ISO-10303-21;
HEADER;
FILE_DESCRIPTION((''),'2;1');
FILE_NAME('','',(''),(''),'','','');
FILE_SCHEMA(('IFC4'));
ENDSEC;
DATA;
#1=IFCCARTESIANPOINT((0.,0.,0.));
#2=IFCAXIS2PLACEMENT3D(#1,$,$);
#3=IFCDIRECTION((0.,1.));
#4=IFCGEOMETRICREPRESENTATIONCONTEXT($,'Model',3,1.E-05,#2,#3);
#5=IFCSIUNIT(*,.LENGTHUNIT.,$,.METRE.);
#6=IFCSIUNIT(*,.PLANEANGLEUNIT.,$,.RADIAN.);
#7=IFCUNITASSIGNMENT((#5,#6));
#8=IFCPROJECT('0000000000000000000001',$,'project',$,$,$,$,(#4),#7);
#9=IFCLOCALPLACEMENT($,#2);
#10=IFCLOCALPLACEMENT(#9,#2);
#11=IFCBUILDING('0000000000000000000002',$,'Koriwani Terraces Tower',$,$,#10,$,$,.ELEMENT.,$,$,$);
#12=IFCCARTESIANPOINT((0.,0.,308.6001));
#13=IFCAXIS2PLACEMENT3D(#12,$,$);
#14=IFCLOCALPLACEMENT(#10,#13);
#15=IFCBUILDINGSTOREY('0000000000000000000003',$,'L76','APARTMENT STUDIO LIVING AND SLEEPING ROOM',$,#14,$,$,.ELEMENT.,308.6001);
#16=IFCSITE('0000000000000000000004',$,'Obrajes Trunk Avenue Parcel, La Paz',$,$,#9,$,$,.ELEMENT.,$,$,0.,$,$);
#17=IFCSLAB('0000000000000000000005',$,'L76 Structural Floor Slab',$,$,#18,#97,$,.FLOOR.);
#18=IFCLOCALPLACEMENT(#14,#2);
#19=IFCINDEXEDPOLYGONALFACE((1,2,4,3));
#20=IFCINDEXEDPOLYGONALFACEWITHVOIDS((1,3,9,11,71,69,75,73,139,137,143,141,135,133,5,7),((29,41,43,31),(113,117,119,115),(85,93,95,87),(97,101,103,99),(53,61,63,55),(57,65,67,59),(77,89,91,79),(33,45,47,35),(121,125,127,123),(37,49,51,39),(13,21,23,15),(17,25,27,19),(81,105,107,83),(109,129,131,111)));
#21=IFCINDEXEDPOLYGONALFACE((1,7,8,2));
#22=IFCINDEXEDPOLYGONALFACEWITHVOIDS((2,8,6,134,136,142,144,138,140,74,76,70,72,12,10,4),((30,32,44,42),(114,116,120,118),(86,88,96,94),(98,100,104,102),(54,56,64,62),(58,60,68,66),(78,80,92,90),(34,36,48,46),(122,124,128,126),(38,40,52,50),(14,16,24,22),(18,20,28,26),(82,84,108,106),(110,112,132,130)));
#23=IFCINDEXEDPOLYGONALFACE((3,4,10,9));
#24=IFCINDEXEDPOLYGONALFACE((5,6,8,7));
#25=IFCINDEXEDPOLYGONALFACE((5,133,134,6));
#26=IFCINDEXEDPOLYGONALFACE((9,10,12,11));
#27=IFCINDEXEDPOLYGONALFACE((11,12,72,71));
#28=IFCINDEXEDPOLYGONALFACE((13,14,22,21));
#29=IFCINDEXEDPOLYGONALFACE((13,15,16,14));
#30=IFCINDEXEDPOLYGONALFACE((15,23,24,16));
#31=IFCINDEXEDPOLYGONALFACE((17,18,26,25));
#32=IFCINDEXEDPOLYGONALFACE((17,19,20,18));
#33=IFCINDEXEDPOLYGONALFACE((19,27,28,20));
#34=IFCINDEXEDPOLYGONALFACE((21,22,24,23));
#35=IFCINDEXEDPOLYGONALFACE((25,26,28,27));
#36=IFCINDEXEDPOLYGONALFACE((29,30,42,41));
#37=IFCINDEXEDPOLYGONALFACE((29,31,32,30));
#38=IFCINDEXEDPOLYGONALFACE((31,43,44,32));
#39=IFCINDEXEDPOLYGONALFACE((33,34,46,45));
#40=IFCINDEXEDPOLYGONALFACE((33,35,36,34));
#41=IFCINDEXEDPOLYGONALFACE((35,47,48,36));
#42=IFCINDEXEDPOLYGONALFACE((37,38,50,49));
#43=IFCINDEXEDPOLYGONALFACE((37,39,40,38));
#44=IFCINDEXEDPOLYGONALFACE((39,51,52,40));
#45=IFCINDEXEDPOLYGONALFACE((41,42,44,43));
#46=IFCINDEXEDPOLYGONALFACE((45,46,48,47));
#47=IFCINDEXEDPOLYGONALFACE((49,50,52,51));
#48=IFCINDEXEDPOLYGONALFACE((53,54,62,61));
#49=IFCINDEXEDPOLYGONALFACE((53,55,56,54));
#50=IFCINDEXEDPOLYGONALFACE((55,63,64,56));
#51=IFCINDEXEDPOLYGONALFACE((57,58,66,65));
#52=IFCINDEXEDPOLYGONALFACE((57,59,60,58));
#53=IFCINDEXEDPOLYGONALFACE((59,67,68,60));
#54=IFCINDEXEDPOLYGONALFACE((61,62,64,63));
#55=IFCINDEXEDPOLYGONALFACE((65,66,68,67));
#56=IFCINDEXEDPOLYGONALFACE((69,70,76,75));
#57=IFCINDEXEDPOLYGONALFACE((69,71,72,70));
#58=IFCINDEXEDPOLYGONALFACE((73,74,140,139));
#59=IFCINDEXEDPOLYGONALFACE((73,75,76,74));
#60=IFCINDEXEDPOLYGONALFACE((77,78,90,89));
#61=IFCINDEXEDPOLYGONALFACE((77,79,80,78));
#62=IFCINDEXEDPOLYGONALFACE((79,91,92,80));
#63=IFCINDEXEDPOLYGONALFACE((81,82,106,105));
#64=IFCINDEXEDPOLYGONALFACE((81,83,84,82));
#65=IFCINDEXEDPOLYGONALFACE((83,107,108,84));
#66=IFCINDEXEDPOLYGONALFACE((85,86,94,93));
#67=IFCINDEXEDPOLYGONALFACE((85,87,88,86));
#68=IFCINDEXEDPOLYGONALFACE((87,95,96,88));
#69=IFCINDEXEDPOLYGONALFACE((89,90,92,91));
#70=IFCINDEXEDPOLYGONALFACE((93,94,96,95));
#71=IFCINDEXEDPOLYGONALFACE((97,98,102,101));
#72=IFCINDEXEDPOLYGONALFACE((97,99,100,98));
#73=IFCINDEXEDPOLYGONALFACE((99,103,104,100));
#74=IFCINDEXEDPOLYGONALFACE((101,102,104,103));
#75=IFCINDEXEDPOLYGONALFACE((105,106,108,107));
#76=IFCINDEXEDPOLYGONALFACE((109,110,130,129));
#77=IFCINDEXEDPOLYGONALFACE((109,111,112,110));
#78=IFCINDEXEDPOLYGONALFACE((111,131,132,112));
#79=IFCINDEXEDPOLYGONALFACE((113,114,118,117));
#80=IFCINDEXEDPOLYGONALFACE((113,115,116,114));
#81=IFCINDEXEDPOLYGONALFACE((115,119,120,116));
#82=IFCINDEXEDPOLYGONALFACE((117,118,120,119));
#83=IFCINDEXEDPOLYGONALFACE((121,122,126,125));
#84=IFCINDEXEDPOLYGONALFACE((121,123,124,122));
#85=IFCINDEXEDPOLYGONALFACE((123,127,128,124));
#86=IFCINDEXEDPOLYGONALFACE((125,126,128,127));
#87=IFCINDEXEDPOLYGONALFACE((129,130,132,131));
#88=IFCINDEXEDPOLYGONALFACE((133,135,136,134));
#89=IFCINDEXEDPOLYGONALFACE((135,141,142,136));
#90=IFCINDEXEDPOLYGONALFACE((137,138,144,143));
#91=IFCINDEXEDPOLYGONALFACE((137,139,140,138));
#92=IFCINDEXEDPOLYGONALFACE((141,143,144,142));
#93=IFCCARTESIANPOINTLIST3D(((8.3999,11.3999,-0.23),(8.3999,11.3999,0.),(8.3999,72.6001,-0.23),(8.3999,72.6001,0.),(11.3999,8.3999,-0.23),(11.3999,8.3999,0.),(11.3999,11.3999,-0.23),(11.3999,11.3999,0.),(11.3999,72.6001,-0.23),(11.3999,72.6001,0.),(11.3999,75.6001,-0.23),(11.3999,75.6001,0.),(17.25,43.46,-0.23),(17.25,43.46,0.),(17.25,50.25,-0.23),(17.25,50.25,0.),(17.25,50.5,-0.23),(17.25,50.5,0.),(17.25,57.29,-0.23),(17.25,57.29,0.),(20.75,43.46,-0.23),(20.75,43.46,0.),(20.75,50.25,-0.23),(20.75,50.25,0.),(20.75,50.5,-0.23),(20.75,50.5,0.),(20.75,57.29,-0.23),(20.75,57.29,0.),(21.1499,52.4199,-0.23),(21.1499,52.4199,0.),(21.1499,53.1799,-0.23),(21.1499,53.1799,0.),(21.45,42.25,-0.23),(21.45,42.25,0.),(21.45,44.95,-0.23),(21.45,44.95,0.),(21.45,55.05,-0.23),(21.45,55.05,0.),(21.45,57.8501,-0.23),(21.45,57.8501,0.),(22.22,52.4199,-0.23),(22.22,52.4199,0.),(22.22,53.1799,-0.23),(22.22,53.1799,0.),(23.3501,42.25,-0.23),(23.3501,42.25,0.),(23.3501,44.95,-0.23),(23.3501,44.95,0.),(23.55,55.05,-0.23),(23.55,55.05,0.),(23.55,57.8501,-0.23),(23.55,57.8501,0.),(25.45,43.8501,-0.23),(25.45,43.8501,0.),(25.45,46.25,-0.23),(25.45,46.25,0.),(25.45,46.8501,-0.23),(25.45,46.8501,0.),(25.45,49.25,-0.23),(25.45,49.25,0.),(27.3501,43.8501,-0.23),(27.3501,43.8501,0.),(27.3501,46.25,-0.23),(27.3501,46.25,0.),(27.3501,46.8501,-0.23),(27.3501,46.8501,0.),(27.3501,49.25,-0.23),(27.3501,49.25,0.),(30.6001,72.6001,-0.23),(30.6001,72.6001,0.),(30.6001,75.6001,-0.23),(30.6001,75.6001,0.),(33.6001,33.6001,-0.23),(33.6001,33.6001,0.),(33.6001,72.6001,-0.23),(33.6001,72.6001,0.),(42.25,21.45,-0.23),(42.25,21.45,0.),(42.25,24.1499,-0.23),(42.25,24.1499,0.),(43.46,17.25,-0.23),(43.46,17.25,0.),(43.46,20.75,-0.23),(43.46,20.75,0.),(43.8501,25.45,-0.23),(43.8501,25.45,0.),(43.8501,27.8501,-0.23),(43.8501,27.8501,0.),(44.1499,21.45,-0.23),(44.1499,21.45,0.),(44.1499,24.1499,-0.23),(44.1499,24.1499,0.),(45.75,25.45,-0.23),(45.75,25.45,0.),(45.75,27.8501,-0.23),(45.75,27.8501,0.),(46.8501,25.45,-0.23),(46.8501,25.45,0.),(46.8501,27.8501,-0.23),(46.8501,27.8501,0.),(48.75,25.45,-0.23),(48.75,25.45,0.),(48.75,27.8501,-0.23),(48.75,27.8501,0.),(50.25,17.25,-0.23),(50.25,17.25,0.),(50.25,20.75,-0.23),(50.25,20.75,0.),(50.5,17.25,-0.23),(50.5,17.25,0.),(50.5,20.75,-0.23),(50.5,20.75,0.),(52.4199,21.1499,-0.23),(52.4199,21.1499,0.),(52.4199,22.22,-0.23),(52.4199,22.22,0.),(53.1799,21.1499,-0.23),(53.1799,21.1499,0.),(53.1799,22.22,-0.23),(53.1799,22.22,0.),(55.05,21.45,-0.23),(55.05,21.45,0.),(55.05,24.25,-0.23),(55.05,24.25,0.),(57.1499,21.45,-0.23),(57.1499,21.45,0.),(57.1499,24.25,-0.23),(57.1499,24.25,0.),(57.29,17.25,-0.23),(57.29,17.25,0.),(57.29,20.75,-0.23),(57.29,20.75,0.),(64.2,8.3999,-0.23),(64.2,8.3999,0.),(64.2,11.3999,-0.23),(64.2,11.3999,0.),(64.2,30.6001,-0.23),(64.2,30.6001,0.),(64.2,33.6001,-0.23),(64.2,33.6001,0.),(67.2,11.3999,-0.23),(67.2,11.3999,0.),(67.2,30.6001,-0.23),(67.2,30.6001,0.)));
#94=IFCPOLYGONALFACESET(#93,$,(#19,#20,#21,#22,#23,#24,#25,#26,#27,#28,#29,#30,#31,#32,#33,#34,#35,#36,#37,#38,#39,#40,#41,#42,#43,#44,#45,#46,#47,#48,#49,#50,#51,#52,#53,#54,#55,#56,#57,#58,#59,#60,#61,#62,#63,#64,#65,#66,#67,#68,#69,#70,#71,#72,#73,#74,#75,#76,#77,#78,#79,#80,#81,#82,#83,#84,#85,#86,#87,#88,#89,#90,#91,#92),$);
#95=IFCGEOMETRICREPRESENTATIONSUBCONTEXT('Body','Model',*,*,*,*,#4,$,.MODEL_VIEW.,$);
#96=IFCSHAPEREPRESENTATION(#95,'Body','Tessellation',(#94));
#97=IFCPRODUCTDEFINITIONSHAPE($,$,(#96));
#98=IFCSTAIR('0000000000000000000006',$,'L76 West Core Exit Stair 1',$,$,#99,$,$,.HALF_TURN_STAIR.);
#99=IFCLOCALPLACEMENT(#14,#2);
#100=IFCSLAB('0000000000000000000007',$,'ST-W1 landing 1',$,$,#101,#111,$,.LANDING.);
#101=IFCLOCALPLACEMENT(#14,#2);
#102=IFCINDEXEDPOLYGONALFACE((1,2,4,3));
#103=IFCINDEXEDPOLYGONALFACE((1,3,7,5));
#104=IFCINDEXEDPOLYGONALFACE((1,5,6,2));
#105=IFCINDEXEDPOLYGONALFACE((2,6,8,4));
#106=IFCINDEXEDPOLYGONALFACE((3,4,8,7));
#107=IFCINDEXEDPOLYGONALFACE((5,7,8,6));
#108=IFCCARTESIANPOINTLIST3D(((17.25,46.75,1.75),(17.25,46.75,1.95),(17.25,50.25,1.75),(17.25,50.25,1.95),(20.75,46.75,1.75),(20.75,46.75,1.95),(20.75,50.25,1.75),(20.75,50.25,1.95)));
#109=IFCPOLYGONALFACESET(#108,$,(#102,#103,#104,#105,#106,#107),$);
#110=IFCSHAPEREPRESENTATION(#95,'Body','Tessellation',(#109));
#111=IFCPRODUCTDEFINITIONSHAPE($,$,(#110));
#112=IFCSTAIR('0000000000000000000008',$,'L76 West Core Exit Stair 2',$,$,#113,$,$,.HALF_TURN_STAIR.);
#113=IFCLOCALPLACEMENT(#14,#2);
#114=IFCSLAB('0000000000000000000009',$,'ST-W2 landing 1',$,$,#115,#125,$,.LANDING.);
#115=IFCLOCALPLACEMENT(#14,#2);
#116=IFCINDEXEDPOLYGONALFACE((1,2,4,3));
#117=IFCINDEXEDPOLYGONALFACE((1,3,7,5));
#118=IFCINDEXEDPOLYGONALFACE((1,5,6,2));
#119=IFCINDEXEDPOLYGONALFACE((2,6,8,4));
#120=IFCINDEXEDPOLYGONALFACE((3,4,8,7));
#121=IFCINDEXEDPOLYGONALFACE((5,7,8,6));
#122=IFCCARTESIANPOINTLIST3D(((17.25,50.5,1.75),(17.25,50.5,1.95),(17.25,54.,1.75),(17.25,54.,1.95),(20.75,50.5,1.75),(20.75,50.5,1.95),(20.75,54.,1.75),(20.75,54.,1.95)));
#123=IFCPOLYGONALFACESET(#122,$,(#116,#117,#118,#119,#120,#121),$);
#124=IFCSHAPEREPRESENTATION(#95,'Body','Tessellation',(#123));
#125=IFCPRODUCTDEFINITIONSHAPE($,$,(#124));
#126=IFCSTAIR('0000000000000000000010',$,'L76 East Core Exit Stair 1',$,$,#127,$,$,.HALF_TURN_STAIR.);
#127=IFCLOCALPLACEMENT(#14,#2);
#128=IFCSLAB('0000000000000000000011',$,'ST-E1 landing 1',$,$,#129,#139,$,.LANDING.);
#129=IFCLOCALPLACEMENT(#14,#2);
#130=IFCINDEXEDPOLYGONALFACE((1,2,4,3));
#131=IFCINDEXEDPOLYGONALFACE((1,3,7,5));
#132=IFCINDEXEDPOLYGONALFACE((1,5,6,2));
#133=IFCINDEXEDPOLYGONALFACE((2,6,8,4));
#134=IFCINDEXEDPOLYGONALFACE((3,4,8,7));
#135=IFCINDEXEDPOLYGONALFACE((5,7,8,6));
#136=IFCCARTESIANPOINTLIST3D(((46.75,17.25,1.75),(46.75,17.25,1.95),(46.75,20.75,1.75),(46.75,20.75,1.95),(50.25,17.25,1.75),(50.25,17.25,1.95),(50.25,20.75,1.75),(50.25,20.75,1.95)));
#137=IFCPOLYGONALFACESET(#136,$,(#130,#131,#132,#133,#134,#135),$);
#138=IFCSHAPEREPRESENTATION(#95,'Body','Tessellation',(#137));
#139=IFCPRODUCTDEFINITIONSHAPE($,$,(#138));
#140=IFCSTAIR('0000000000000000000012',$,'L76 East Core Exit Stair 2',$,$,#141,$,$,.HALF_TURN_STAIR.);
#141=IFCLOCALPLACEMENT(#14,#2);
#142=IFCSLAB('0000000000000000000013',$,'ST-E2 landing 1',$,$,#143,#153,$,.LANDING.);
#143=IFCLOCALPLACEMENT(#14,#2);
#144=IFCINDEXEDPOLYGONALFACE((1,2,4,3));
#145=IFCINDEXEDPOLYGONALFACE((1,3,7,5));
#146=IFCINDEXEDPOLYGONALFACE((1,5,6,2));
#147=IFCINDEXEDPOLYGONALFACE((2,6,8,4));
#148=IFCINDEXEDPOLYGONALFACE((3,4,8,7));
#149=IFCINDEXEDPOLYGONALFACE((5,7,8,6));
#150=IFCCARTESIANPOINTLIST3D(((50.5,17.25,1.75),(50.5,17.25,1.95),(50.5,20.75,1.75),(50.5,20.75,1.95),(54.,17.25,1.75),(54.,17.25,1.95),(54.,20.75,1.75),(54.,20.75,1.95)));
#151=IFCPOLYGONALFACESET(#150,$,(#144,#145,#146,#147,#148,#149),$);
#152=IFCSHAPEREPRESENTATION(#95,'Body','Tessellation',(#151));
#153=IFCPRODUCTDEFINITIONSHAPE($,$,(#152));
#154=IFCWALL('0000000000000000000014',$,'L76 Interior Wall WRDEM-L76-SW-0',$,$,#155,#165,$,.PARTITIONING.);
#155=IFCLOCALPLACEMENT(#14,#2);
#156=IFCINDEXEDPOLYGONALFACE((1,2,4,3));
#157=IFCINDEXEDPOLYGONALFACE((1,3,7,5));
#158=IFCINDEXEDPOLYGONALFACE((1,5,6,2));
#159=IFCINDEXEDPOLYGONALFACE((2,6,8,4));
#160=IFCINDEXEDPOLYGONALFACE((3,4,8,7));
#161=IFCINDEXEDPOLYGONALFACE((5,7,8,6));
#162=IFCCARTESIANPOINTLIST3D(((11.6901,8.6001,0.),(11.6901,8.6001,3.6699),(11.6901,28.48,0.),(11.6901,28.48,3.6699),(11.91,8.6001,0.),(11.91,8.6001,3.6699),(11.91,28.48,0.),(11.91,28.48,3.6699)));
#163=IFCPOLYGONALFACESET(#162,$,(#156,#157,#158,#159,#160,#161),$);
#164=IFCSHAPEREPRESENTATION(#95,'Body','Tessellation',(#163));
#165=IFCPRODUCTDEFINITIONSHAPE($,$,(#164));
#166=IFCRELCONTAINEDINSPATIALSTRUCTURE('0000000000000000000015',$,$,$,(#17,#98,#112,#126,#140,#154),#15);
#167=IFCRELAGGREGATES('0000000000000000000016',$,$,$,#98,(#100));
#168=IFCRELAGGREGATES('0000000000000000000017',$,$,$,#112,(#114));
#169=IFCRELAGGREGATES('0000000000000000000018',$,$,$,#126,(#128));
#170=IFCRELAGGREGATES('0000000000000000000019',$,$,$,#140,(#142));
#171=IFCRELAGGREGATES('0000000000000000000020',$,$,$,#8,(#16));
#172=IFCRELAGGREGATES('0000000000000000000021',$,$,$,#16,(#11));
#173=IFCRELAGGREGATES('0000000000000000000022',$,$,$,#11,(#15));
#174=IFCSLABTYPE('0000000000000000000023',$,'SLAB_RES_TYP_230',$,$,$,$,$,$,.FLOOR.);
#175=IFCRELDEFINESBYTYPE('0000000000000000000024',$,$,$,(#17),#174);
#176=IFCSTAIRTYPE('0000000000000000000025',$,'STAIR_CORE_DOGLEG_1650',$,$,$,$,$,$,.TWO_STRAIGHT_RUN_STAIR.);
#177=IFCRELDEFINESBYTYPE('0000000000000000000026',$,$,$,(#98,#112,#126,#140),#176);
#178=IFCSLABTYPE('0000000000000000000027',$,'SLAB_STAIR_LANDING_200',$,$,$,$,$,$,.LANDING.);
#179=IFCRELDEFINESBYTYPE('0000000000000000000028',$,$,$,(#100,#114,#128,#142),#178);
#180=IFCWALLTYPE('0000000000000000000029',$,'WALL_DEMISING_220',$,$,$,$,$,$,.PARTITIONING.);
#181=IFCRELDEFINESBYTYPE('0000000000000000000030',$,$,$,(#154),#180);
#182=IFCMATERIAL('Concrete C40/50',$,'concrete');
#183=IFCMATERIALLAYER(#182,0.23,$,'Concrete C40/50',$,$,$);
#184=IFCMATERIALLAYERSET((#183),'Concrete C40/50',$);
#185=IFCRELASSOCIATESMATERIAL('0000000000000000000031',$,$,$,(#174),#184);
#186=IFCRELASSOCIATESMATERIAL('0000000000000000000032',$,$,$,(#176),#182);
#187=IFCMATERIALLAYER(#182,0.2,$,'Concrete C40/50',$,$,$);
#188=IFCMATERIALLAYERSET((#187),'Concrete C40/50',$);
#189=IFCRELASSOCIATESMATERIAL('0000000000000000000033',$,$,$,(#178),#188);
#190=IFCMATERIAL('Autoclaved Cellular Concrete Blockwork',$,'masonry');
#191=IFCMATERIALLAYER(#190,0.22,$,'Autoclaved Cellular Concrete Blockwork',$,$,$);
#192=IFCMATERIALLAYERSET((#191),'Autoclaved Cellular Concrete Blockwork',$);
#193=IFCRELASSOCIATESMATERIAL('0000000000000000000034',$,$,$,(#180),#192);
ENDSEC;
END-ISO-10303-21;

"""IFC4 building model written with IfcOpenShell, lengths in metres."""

from ifc_helpers import new_model, si_unit, direction, frame, frame_2d, origin, place, context, subcontext, project, spatial, polyline, rectangle, outline, extrude, material, layer, layer_set, type_object, element, aggregate, save


model = new_model("IFC4")

# Units and contexts
model_context = context("Model", 3, precision=1e-05, world=origin(), true_north=direction((0.0, 1.0)))
body_context = subcontext(model_context, "Body", "Model", "MODEL_VIEW")
ifc_project = project(units=[si_unit("LENGTHUNIT", "METRE"), si_unit("PLANEANGLEUNIT", "RADIAN")], contexts=[model_context])

# Site, building, storey
site_placement = place(None, origin())
site = spatial("IfcSite", under=ifc_project, at=site_placement, Name="Obrajes Trunk Avenue Parcel, La Paz", CompositionType="ELEMENT", RefElevation=0.0)
building_placement = place(site_placement, origin())
building = spatial("IfcBuilding", under=site, at=building_placement, Name="Koriwani Terraces Tower", CompositionType="ELEMENT")
storey_placement = place(building_placement, frame((0.0, 0.0, 308.6001)))
storey = spatial("IfcBuildingStorey", under=building, at=storey_placement, Name="L76", Description="APARTMENT STUDIO LIVING AND SLEEPING ROOM", CompositionType="ELEMENT", Elevation=308.6001)

# Shared definitions
ifc_material_1 = material(Name="Concrete C40/50", Category="concrete")

# Slab
ifc_layer_1 = layer(ifc_material_1, 0.23, Name="Concrete C40/50")
ifc_layer_set_1 = layer_set([ifc_layer_1], Name="Concrete C40/50")
slab_type_1 = type_object("IfcSlabType", Name="SLAB_RES_TYP_230", PredefinedType="FLOOR", material=ifc_layer_set_1)
slab_1_placement = place(storey_placement, frame((0.0, 0.0, -0.23)))
element("IfcSlab", 1, at=slab_1_placement, inside=storey, type_object=slab_type_1, Name="L76 Structural Floor Slab", PredefinedType="FLOOR", context=body_context, shape_type="SweptSolid", body=[
    extrude(outline(polyline([(11.3999, 8.3999), (64.2, 8.3999), (64.2, 11.3999), (67.2, 11.3999), (67.2, 30.6001), (64.2, 30.6001), (64.2, 33.6001), (33.6001, 33.6001), (33.6001, 72.6001), (30.6001, 72.6001), (30.6001, 75.6001), (11.3999, 75.6001), (11.3999, 72.6001), (8.3999, 72.6001), (8.3999, 11.3999), (11.3999, 11.3999), (11.3999, 8.3999)]), holes=[polyline([(17.25, 43.46), (20.75, 43.46), (20.75, 50.25), (17.25, 50.25), (17.25, 43.46)]), polyline([(17.25, 50.5), (20.75, 50.5), (20.75, 57.29), (17.25, 57.29), (17.25, 50.5)]), polyline([(43.46, 17.25), (50.25, 17.25), (50.25, 20.75), (43.46, 20.75), (43.46, 17.25)]), polyline([(50.5, 17.25), (57.29, 17.25), (57.29, 20.75), (50.5, 20.75), (50.5, 17.25)]), polyline([(25.45, 43.8501), (27.3501, 43.8501), (27.3501, 46.25), (25.45, 46.25), (25.45, 43.8501)]), polyline([(25.45, 46.8501), (27.3501, 46.8501), (27.3501, 49.25), (25.45, 49.25), (25.45, 46.8501)]), polyline([(43.8501, 25.45), (45.75, 25.45), (45.75, 27.8501), (43.8501, 27.8501), (43.8501, 25.45)]), polyline([(46.8501, 25.45), (48.75, 25.45), (48.75, 27.8501), (46.8501, 27.8501), (46.8501, 25.45)]), polyline([(21.45, 55.05), (23.55, 55.05), (23.55, 57.8501), (21.45, 57.8501), (21.45, 55.05)]), polyline([(55.05, 21.45), (57.1499, 21.45), (57.1499, 24.25), (55.05, 24.25), (55.05, 21.45)]), polyline([(21.45, 42.25), (23.3501, 42.25), (23.3501, 44.95), (21.45, 44.95), (21.45, 42.25)]), polyline([(42.25, 21.45), (44.1499, 21.45), (44.1499, 24.1499), (42.25, 24.1499), (42.25, 21.45)]), polyline([(21.1499, 52.4199), (22.22, 52.4199), (22.22, 53.1799), (21.1499, 53.1799), (21.1499, 52.4199)]), polyline([(52.4199, 21.1499), (53.1799, 21.1499), (53.1799, 22.22), (52.4199, 22.22), (52.4199, 21.1499)])]), origin(), (0.0, 0.0, 1.0), 0.23),
])

# Stairs, slabs
stair_type = type_object("IfcStairType", Name="STAIR_CORE_DOGLEG_1650", PredefinedType="TWO_STRAIGHT_RUN_STAIR", material=ifc_material_1)
stair_1_placement = place(storey_placement, origin())
stair_1 = element("IfcStair", 2, at=stair_1_placement, inside=storey, type_object=stair_type, Name="L76 West Core Exit Stair 1", PredefinedType="HALF_TURN_STAIR")
ifc_layer_2 = layer(ifc_material_1, 0.2, Name="Concrete C40/50")
ifc_layer_set_2 = layer_set([ifc_layer_2], Name="Concrete C40/50")
slab_type_2 = type_object("IfcSlabType", Name="SLAB_STAIR_LANDING_200", PredefinedType="LANDING", material=ifc_layer_set_2)
slab_2_placement = place(storey_placement, frame((0.0, 0.0, 1.75)))
slab_2 = element("IfcSlab", 3, at=slab_2_placement, type_object=slab_type_2, Name="ST-W1 landing 1", PredefinedType="LANDING", context=body_context, shape_type="SweptSolid", body=[
    extrude(outline(polyline([(20.75, 46.75), (20.75, 50.25), (17.25, 50.25), (17.25, 46.75), (20.75, 46.75)])), origin(), (0.0, 0.0, 1.0), 0.2),
])
aggregate(stair_1, [slab_2])
stair_2_placement = place(storey_placement, origin())
stair_2 = element("IfcStair", 4, at=stair_2_placement, inside=storey, type_object=stair_type, Name="L76 West Core Exit Stair 2", PredefinedType="HALF_TURN_STAIR")
slab_3_placement = place(storey_placement, frame((0.0, 0.0, 1.75)))
slab_3 = element("IfcSlab", 5, at=slab_3_placement, type_object=slab_type_2, Name="ST-W2 landing 1", PredefinedType="LANDING", context=body_context, shape_type="SweptSolid", body=[
    extrude(outline(polyline([(17.25, 54.0), (17.25, 50.5), (20.75, 50.5), (20.75, 54.0), (17.25, 54.0)])), origin(), (0.0, 0.0, 1.0), 0.2),
])
aggregate(stair_2, [slab_3])
stair_3_placement = place(storey_placement, origin())
stair_3 = element("IfcStair", 6, at=stair_3_placement, inside=storey, type_object=stair_type, Name="L76 East Core Exit Stair 1", PredefinedType="HALF_TURN_STAIR")
slab_4_placement = place(storey_placement, frame((0.0, 0.0, 1.75)))
slab_4 = element("IfcSlab", 7, at=slab_4_placement, type_object=slab_type_2, Name="ST-E1 landing 1", PredefinedType="LANDING", context=body_context, shape_type="SweptSolid", body=[
    extrude(outline(polyline([(46.75, 17.25), (50.25, 17.25), (50.25, 20.75), (46.75, 20.75), (46.75, 17.25)])), origin(), (0.0, 0.0, 1.0), 0.2),
])
aggregate(stair_3, [slab_4])
stair_4_placement = place(storey_placement, origin())
stair_4 = element("IfcStair", 8, at=stair_4_placement, inside=storey, type_object=stair_type, Name="L76 East Core Exit Stair 2", PredefinedType="HALF_TURN_STAIR")
slab_5_placement = place(storey_placement, frame((0.0, 0.0, 1.75)))
slab_5 = element("IfcSlab", 9, at=slab_5_placement, type_object=slab_type_2, Name="ST-E2 landing 1", PredefinedType="LANDING", context=body_context, shape_type="SweptSolid", body=[
    extrude(outline(polyline([(54.0, 20.75), (50.5, 20.75), (50.5, 17.25), (54.0, 17.25), (54.0, 20.75)])), origin(), (0.0, 0.0, 1.0), 0.2),
])
aggregate(stair_4, [slab_5])

# Wall
ifc_material_2 = material(Name="Autoclaved Cellular Concrete Blockwork", Category="masonry")
ifc_layer_3 = layer(ifc_material_2, 0.22, Name="Autoclaved Cellular Concrete Blockwork")
ifc_layer_set_3 = layer_set([ifc_layer_3], Name="Autoclaved Cellular Concrete Blockwork")
wall_type_1 = type_object("IfcWallType", Name="WALL_DEMISING_220", PredefinedType="PARTITIONING", material=ifc_layer_set_3)
wall_1_placement = place(storey_placement, frame((11.8, 8.6001, 0.0), z_axis=(0.0, 0.0, 1.0), x_axis=(0.0, 1.0, 0.0)))
element("IfcWall", 10, at=wall_1_placement, inside=storey, type_object=wall_type_1, Name="L76 Interior Wall WRDEM-L76-SW-0", PredefinedType="PARTITIONING", context=body_context, shape_type="SweptSolid", body=[
    extrude(rectangle(XDim=19.8799, YDim=0.22, at=frame_2d((9.9399, 0.0))), origin(), (0.0, 0.0, 1.0), 3.6699),
])

save(model, "model.ifc")
